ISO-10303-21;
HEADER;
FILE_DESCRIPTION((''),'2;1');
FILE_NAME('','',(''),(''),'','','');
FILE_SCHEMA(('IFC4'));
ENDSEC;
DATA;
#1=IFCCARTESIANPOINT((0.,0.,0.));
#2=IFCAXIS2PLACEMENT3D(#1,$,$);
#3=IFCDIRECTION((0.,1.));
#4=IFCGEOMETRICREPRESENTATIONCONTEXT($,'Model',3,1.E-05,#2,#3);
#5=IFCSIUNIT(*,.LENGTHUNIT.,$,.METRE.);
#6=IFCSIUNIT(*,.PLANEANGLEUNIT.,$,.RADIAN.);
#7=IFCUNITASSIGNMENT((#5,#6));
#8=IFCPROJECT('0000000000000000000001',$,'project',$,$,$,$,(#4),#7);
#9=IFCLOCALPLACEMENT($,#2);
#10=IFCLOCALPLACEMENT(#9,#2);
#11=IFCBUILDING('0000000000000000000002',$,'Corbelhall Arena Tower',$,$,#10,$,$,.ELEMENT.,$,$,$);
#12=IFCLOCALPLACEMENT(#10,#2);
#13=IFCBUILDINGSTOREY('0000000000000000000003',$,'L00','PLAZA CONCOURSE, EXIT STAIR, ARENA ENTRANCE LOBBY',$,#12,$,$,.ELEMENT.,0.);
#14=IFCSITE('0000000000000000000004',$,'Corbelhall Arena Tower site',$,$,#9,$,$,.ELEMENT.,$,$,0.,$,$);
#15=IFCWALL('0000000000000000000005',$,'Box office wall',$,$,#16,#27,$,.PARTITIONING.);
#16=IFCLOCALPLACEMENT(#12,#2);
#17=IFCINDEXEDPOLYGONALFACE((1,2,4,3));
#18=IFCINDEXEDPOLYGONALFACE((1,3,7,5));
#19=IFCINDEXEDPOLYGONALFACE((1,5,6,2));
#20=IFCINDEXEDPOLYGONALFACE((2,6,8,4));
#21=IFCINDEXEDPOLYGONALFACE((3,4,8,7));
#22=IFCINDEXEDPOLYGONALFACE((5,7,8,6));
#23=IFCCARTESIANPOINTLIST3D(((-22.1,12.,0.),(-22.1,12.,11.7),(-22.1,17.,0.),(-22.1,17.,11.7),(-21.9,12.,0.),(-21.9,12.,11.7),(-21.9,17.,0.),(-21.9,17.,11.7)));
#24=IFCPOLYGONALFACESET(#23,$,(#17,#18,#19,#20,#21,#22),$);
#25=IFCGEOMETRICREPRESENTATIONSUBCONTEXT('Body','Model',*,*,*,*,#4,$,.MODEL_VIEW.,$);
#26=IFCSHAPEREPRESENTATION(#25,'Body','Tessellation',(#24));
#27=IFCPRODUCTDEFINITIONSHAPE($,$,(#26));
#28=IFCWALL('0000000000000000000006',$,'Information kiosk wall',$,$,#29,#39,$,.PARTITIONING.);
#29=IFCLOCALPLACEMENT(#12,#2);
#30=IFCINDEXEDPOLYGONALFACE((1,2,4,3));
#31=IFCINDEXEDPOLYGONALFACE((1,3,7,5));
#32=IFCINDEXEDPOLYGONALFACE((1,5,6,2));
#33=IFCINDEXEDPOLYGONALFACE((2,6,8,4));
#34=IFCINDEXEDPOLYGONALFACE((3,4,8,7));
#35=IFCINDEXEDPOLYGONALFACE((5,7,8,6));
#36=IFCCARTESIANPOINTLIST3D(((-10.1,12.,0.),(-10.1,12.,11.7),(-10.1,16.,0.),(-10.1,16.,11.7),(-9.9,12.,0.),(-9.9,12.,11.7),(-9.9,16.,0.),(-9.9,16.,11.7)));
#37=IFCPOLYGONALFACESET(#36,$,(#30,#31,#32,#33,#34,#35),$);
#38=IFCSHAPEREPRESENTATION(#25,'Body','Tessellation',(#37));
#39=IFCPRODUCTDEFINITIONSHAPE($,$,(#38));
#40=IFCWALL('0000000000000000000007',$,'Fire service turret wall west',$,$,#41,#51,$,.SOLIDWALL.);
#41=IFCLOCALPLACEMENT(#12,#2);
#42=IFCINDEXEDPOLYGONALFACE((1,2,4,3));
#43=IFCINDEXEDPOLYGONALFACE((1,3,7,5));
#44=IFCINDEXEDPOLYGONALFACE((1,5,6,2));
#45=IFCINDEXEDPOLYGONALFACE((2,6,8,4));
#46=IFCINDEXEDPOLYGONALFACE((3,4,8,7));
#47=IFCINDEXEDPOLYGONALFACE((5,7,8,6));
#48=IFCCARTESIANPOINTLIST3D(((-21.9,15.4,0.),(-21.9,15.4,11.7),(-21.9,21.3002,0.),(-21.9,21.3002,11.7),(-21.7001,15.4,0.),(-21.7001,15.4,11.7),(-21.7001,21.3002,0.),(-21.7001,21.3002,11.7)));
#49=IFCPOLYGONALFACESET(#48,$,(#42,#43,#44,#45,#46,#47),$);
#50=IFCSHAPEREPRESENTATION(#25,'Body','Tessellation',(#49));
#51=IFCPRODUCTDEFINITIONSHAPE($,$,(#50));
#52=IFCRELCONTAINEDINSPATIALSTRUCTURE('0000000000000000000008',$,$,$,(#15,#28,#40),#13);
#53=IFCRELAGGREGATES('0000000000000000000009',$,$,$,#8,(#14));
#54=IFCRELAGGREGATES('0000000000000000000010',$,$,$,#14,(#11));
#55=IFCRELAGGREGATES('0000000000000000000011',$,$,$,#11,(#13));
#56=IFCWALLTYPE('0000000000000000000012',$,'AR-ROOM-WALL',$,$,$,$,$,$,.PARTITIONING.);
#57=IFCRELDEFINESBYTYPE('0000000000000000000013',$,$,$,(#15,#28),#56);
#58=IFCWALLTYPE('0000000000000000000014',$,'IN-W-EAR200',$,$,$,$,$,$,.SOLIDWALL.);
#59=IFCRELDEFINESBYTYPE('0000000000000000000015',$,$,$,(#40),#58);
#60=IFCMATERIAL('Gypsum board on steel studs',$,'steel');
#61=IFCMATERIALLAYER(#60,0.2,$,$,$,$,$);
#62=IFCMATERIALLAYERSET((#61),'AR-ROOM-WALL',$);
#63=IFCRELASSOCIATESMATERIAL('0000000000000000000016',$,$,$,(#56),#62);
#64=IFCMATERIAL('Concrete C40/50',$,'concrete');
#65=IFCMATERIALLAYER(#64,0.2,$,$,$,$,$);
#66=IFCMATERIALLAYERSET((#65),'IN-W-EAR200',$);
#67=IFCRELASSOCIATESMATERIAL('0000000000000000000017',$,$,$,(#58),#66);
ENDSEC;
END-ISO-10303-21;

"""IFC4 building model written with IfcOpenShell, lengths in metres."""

from ifc_helpers import new_model, si_unit, direction, frame, frame_2d, origin, place, context, subcontext, project, spatial, rectangle, extrude, material, layer, layer_set, type_object, element, save


model = new_model("IFC4")

# Units and contexts
model_context = context("Model", 3, precision=1e-05, world=origin(), true_north=direction((0.0, 1.0)))
body_context = subcontext(model_context, "Body", "Model", "MODEL_VIEW")
ifc_project = project(units=[si_unit("LENGTHUNIT", "METRE"), si_unit("PLANEANGLEUNIT", "RADIAN")], contexts=[model_context])

# Site, building, storey
site_placement = place(None, origin())
site = spatial("IfcSite", under=ifc_project, at=site_placement, Name="Corbelhall Arena Tower site", CompositionType="ELEMENT", RefElevation=0.0)
building_placement = place(site_placement, origin())
building = spatial("IfcBuilding", under=site, at=building_placement, Name="Corbelhall Arena Tower", CompositionType="ELEMENT")
storey_placement = place(building_placement, origin())
storey = spatial("IfcBuildingStorey", under=building, at=storey_placement, Name="L00", Description="PLAZA CONCOURSE, EXIT STAIR, ARENA ENTRANCE LOBBY", CompositionType="ELEMENT", Elevation=0.0)

# Shared definitions
ifc_material_1 = material(Name="Concrete C40/50", Category="concrete")

# Wall
ifc_material_2 = material(Name="Gypsum board on steel studs", Category="steel")
ifc_layer_1 = layer(ifc_material_2, 0.2)
ifc_layer_set_1 = layer_set([ifc_layer_1], Name="AR-ROOM-WALL")
wall_type_1 = type_object("IfcWallType", Name="AR-ROOM-WALL", PredefinedType="PARTITIONING", material=ifc_layer_set_1)
wall_1_placement = place(storey_placement, frame((-22.0, 12.0, 0.0), z_axis=(0.0, 0.0, 1.0), x_axis=(0.0, 1.0, 0.0)))
element("IfcWall", 1, at=wall_1_placement, inside=storey, type_object=wall_type_1, Name="Box office wall", PredefinedType="PARTITIONING", context=body_context, shape_type="SweptSolid", body=[
    extrude(rectangle(XDim=5.0, YDim=0.2, at=frame_2d((2.5, 0.0))), origin(), (0.0, 0.0, 1.0), 11.7),
])

# Wall
wall_2_placement = place(storey_placement, frame((-10.0, 12.0, 0.0), z_axis=(0.0, 0.0, 1.0), x_axis=(0.0, 1.0, 0.0)))
element("IfcWall", 2, at=wall_2_placement, inside=storey, type_object=wall_type_1, Name="Information kiosk wall", PredefinedType="PARTITIONING", context=body_context, shape_type="SweptSolid", body=[
    extrude(rectangle(XDim=4.0, YDim=0.2, at=frame_2d((2.0, 0.0))), origin(), (0.0, 0.0, 1.0), 11.7),
])

# Shared definitions
ifc_layer_2 = layer(ifc_material_1, 0.2)
ifc_layer_set_2 = layer_set([ifc_layer_2], Name="IN-W-EAR200")
wall_type_2 = type_object("IfcWallType", Name="IN-W-EAR200", PredefinedType="SOLIDWALL", material=ifc_layer_set_2)

# Wall
wall_3_placement = place(storey_placement, frame((-21.8, 15.3999, 0.0), z_axis=(0.0, 0.0, 1.0), x_axis=(0.0, 1.0, 0.0)))
element("IfcWall", 3, at=wall_3_placement, inside=storey, type_object=wall_type_2, Name="Fire service turret wall west", PredefinedType="SOLIDWALL", context=body_context, shape_type="SweptSolid", body=[
    extrude(rectangle(XDim=5.9001, YDim=0.2, at=frame_2d((2.9502, 0.0))), origin(), (0.0, 0.0, 1.0), 11.7),
])

save(model, "model.ifc")
